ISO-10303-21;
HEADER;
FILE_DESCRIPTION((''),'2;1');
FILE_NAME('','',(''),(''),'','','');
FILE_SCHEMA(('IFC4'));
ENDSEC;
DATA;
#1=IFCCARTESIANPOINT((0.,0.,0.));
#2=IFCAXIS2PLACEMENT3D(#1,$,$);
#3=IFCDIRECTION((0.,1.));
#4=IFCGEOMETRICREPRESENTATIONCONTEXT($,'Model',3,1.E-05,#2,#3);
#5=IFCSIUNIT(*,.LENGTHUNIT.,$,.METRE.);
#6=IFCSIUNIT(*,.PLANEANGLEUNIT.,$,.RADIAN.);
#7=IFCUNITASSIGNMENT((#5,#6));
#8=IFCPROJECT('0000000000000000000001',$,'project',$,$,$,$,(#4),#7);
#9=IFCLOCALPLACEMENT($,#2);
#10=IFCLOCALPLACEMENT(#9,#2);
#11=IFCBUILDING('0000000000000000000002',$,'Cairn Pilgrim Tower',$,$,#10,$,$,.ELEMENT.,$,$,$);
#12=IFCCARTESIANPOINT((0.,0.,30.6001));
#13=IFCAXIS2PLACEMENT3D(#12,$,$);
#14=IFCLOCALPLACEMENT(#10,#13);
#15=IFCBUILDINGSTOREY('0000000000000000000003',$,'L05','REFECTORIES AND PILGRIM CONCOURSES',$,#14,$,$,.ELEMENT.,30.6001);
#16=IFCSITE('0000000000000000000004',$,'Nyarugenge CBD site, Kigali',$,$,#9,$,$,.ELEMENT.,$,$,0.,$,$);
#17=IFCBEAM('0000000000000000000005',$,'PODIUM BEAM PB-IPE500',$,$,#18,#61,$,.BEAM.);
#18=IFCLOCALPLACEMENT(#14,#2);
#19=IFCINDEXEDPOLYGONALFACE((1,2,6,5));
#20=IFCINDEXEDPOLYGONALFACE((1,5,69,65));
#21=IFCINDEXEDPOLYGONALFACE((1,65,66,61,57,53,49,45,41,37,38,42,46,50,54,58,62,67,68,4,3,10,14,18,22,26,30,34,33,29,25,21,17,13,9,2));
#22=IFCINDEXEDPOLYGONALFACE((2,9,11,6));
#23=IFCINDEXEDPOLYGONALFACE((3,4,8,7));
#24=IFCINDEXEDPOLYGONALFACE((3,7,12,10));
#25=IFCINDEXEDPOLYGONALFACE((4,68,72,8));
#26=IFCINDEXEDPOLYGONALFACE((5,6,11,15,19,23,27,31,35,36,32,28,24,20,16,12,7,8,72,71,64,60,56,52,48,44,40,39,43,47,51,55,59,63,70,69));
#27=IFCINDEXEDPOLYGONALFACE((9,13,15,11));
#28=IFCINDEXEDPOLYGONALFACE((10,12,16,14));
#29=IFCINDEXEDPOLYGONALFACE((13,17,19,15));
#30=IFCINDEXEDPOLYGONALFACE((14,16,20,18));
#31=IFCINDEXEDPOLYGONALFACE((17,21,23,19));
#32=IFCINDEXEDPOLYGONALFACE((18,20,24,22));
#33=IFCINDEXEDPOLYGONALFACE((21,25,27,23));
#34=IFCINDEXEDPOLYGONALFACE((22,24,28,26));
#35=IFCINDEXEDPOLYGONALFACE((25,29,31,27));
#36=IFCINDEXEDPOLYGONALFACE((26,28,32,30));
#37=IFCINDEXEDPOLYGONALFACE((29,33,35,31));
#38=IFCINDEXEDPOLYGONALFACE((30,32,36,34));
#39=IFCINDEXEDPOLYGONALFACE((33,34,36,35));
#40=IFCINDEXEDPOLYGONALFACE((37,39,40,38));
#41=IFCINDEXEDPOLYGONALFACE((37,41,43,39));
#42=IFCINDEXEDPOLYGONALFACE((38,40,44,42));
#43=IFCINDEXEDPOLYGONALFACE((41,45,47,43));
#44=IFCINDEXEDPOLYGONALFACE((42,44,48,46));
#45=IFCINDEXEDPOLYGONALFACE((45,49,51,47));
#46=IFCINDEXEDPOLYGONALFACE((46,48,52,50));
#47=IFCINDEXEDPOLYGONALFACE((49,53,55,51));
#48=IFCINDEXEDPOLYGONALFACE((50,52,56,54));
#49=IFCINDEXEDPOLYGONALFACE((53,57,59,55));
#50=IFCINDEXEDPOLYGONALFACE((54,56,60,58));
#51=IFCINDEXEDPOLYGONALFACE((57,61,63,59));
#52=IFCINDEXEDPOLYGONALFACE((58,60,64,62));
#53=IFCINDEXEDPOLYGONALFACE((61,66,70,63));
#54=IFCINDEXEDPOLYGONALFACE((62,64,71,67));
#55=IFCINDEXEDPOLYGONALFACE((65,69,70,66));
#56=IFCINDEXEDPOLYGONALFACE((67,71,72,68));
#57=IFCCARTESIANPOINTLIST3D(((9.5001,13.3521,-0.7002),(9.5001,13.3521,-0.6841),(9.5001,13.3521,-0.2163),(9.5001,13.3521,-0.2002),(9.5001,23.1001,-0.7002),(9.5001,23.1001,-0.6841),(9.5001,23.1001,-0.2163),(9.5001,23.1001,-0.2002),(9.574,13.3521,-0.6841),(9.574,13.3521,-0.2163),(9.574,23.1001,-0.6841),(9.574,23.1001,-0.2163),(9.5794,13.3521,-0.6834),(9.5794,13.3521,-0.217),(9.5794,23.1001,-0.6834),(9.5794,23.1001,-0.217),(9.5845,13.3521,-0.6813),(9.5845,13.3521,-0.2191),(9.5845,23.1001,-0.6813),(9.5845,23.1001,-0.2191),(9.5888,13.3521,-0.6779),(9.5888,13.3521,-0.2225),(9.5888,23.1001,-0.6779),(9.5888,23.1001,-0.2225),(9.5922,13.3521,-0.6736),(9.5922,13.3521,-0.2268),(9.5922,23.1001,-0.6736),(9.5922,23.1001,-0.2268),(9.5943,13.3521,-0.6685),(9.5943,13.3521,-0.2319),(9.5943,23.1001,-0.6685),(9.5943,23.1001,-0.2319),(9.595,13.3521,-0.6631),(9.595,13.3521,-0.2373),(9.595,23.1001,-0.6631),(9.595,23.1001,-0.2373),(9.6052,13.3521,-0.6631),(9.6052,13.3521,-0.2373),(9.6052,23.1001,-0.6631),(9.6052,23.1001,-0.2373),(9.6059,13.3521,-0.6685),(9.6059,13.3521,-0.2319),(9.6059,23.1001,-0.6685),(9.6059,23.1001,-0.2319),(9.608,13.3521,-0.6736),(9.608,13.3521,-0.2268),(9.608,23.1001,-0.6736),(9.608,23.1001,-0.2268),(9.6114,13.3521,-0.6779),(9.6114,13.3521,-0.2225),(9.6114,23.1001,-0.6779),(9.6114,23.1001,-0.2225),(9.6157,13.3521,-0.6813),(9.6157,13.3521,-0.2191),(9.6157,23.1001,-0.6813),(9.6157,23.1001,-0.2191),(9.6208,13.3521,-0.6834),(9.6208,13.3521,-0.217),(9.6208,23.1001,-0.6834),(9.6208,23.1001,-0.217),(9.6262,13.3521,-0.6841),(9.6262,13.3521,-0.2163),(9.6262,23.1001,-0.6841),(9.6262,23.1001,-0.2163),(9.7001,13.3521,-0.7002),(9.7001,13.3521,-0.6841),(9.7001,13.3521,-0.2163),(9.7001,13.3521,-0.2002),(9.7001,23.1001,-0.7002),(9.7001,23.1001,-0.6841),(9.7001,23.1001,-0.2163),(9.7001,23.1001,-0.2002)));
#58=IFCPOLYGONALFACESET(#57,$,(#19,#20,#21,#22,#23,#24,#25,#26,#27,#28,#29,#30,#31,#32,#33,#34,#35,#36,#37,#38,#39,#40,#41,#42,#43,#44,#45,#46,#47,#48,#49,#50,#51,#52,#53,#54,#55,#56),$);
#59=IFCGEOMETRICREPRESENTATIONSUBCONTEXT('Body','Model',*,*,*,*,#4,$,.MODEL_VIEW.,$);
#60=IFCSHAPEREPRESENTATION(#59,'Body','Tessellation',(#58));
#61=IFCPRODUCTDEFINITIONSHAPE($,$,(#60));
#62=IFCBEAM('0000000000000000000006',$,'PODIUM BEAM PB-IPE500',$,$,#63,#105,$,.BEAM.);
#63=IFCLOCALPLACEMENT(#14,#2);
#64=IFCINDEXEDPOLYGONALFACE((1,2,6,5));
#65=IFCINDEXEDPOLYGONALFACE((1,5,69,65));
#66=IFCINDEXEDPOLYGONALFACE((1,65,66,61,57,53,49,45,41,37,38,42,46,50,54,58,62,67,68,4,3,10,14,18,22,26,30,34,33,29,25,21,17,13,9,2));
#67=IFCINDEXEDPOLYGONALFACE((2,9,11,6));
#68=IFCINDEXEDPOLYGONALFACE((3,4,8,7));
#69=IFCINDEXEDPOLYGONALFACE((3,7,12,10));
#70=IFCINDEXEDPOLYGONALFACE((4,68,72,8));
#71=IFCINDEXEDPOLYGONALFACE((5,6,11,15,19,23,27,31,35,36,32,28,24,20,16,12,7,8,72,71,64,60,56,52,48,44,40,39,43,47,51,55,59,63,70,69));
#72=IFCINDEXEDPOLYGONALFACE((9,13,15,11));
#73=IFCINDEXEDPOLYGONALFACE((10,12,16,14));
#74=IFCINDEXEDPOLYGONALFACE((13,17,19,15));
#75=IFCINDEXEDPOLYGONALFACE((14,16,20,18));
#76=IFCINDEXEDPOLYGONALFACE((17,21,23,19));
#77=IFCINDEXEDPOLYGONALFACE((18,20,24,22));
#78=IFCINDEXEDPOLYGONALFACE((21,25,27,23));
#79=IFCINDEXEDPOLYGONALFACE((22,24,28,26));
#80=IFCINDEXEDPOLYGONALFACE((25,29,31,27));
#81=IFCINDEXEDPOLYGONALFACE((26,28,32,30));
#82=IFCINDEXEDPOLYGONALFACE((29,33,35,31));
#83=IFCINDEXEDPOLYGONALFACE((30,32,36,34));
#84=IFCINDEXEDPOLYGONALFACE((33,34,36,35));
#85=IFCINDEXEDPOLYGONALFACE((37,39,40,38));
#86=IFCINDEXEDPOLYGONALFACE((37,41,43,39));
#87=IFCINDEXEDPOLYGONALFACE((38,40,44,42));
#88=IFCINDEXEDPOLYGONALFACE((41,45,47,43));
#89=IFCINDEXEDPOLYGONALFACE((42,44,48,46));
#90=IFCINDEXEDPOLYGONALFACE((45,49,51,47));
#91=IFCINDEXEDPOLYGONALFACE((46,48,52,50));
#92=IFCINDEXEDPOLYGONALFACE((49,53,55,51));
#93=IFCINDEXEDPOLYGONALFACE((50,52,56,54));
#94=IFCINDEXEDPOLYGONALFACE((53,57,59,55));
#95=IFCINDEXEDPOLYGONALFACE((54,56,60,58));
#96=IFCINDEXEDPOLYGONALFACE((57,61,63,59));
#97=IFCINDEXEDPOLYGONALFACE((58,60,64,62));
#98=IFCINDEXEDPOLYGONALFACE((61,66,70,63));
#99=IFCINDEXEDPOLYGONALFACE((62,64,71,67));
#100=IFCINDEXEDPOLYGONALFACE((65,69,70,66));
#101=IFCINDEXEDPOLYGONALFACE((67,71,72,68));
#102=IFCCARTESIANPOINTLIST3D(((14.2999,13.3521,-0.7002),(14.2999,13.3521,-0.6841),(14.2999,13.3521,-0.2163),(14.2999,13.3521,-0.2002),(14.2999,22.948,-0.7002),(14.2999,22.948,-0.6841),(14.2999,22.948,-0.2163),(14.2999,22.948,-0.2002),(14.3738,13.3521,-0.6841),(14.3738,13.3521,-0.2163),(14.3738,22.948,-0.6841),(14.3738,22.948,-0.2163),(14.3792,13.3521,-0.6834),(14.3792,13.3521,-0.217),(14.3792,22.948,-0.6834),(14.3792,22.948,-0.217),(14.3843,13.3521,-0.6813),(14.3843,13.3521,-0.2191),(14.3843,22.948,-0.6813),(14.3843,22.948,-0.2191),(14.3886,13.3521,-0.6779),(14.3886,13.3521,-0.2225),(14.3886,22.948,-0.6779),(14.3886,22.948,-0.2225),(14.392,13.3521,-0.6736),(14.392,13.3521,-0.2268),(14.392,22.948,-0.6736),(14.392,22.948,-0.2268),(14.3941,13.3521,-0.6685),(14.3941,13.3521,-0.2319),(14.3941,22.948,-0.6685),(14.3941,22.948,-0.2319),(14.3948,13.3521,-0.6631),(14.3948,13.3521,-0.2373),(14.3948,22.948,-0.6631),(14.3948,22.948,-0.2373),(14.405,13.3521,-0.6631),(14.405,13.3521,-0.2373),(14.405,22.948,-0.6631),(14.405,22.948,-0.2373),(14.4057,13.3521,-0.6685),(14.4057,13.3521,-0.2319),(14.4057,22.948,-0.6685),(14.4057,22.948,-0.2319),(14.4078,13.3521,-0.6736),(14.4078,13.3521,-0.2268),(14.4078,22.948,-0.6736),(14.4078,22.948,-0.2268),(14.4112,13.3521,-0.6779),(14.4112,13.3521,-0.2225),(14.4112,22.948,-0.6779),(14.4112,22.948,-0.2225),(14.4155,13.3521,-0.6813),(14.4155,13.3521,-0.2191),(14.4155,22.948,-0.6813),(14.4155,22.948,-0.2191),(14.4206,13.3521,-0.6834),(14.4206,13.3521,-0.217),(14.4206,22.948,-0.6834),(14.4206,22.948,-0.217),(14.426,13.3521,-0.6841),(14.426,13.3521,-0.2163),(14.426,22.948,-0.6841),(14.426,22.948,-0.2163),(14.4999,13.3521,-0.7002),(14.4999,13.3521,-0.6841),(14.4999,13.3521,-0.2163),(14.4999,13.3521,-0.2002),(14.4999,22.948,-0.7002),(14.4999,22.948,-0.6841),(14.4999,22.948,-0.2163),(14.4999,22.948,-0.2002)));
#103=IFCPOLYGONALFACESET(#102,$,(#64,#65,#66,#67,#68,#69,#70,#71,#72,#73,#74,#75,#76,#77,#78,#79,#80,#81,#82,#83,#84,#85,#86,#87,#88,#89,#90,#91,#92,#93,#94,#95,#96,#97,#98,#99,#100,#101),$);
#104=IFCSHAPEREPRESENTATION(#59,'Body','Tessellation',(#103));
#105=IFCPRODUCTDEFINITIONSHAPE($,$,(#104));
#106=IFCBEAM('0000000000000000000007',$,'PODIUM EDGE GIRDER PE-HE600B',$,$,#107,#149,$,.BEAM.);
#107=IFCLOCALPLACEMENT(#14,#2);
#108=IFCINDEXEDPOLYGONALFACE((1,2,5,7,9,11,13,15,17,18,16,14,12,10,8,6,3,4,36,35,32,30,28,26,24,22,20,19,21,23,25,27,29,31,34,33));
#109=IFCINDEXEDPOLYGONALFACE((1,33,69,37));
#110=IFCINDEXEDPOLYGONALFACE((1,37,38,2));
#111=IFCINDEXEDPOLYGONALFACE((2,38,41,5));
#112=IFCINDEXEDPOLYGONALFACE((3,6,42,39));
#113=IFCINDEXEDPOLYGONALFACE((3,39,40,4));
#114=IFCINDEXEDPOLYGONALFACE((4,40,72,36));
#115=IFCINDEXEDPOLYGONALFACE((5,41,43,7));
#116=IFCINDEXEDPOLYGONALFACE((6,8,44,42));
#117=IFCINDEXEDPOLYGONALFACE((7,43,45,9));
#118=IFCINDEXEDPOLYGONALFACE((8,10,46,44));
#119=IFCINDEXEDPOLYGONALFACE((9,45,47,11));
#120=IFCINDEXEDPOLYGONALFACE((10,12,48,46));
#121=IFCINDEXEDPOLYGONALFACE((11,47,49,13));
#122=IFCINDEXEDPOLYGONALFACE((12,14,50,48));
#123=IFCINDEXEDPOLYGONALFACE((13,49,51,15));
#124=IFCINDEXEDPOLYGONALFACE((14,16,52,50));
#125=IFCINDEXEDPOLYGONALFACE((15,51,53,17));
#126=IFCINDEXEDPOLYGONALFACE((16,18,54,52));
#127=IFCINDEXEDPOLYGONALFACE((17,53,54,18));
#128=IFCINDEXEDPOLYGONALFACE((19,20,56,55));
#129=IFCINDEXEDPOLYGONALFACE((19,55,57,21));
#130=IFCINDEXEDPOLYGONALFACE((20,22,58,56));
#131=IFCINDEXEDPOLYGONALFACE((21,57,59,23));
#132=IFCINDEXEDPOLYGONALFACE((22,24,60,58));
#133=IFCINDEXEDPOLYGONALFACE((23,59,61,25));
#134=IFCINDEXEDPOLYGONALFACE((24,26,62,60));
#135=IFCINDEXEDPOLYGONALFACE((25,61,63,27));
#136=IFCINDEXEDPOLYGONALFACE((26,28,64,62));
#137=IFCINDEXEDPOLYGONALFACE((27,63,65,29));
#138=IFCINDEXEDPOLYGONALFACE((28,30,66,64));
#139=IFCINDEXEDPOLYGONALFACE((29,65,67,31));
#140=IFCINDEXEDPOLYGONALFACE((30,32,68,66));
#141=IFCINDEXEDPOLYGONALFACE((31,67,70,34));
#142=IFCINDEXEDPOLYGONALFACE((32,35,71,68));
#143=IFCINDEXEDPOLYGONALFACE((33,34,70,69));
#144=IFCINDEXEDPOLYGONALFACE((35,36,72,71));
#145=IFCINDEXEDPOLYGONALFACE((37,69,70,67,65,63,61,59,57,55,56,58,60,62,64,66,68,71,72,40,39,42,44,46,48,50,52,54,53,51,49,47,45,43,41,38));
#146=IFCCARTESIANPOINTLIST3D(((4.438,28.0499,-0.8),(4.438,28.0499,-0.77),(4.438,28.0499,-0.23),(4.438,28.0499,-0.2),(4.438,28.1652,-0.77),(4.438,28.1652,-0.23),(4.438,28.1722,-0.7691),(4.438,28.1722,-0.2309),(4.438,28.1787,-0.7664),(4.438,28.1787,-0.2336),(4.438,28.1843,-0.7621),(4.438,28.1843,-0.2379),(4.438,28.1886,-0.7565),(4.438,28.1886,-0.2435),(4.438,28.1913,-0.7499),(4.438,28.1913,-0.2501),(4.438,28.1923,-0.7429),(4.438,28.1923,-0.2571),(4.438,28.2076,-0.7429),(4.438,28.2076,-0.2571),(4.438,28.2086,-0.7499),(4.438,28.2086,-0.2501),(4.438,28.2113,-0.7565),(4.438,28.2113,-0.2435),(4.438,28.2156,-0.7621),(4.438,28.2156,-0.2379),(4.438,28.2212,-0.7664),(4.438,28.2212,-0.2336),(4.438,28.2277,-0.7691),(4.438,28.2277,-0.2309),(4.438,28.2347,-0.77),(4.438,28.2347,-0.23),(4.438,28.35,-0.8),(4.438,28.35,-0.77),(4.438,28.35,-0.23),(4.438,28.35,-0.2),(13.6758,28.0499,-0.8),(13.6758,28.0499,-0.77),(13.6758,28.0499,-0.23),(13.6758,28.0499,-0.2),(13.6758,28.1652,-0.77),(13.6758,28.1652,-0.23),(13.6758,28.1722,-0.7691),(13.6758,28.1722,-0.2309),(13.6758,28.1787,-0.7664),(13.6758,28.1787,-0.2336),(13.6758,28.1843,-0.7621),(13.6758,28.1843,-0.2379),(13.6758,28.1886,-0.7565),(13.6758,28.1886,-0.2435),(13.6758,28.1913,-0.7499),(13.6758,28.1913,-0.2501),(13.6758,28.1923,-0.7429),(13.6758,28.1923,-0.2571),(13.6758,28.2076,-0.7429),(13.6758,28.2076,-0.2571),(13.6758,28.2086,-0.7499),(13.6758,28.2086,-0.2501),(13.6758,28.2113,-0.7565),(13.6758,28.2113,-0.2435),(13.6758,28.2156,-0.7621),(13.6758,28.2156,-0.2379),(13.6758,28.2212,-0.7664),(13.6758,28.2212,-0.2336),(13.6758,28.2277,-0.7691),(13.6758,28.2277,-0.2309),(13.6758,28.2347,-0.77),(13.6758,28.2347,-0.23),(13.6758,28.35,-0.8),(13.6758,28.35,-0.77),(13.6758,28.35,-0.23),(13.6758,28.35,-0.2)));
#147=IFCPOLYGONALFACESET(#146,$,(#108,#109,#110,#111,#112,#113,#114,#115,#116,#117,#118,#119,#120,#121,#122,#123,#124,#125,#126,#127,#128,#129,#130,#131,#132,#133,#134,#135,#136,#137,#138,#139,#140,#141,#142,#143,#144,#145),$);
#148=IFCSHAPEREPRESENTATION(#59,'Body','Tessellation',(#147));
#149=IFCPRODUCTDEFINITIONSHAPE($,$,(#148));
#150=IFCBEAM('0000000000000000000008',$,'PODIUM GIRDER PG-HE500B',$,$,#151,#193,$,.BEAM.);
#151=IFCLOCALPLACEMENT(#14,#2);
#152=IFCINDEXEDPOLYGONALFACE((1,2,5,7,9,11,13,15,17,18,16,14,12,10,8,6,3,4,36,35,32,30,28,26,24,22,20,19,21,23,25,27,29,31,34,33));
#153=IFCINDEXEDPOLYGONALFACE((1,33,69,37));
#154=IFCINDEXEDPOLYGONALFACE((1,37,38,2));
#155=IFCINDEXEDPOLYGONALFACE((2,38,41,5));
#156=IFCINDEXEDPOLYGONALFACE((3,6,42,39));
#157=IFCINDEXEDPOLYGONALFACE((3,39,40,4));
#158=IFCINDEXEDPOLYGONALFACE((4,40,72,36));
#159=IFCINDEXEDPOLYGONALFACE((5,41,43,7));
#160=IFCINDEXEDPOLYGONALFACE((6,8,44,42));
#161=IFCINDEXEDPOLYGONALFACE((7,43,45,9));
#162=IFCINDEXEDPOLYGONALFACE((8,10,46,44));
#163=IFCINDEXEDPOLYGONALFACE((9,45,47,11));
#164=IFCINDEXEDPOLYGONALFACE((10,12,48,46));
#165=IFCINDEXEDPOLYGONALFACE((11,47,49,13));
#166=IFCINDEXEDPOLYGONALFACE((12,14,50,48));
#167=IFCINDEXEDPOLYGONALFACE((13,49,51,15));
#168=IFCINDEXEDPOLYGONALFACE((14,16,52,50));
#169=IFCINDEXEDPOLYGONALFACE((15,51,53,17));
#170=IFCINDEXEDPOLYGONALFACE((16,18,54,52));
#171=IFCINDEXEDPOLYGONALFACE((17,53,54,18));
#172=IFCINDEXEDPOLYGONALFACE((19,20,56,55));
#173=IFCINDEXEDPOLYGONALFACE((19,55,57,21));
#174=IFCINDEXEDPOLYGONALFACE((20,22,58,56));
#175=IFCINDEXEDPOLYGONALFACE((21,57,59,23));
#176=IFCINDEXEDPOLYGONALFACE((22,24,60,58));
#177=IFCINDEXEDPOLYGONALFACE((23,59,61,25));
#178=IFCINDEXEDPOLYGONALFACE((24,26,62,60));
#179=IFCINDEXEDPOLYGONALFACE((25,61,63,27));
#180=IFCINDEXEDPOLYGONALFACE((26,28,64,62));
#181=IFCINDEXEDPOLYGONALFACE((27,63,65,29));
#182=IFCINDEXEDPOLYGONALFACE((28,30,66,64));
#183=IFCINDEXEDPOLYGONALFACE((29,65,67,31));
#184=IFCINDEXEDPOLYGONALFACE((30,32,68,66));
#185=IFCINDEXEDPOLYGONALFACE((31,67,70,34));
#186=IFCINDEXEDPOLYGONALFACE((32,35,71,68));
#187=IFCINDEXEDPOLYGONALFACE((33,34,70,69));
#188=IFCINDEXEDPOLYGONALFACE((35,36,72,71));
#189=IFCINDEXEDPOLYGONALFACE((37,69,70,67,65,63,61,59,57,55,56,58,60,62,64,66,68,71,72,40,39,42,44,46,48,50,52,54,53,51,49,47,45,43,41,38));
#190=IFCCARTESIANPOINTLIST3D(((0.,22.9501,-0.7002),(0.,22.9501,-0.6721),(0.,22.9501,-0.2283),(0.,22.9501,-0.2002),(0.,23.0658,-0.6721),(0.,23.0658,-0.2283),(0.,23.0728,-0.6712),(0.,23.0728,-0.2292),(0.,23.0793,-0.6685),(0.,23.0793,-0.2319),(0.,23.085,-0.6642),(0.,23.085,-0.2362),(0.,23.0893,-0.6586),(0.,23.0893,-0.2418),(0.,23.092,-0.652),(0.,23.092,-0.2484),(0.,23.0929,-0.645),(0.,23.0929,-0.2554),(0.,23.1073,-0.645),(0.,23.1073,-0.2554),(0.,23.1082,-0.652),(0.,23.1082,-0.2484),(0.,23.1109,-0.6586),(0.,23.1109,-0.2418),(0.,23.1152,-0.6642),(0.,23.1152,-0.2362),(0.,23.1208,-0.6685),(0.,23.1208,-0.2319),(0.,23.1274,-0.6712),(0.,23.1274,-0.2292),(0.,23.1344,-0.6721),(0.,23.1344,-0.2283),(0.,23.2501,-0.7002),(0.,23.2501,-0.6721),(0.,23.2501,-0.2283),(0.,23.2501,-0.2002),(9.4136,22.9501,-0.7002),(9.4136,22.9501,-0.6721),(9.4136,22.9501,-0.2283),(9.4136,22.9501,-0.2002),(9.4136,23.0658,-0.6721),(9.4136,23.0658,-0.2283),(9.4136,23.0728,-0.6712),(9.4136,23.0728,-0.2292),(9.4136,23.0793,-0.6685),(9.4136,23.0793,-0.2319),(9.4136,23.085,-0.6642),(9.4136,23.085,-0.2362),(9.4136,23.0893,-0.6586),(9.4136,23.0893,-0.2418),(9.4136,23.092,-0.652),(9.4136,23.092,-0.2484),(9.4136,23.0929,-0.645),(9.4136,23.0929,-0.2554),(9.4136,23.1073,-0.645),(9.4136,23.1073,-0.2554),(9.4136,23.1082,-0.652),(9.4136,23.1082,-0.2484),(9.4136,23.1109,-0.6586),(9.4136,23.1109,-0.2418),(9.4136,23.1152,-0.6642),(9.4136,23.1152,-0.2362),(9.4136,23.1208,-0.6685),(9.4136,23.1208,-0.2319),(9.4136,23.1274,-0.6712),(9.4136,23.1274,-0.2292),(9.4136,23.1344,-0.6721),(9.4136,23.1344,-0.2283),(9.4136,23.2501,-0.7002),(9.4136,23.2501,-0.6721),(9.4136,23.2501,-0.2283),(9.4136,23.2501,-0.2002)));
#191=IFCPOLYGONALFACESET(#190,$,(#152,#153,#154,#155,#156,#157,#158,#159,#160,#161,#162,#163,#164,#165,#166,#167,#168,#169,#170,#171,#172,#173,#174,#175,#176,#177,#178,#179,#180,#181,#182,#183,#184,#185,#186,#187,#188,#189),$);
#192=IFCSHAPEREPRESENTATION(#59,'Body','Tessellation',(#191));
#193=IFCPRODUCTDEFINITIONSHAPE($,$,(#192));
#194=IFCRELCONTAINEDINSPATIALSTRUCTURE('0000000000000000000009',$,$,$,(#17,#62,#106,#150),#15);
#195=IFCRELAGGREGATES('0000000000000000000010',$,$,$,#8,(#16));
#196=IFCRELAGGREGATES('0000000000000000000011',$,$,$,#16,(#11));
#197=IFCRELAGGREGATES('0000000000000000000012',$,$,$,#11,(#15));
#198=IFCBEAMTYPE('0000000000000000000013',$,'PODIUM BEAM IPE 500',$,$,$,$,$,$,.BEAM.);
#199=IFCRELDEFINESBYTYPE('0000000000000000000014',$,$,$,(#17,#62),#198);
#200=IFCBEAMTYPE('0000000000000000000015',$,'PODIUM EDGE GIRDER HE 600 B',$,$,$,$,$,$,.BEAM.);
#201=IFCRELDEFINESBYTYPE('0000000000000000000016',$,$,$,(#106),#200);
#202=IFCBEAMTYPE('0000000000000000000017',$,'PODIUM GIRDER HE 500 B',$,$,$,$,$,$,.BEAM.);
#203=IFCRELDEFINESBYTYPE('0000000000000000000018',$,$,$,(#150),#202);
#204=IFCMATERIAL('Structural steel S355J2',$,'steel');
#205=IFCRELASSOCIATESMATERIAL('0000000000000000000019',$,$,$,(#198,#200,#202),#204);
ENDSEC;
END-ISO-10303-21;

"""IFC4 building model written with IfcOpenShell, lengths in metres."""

from ifc_helpers import new_model, si_unit, direction, frame, origin, origin_2d, place, context, subcontext, project, spatial, i_section, extrude, material, material_profile, profile_set, type_object, element, save


model = new_model("IFC4")

# Units and contexts
model_context = context("Model", 3, precision=1e-05, world=origin(), true_north=direction((0.0, 1.0)))
body_context = subcontext(model_context, "Body", "Model", "MODEL_VIEW")
ifc_project = project(units=[si_unit("LENGTHUNIT", "METRE"), si_unit("PLANEANGLEUNIT", "RADIAN")], contexts=[model_context])

# Site, building, storey
site_placement = place(None, origin())
site = spatial("IfcSite", under=ifc_project, at=site_placement, Name="Nyarugenge CBD site, Kigali", CompositionType="ELEMENT", RefElevation=0.0)
building_placement = place(site_placement, origin())
building = spatial("IfcBuilding", under=site, at=building_placement, Name="Cairn Pilgrim Tower", CompositionType="ELEMENT")
storey_placement = place(building_placement, frame((0.0, 0.0, 30.6001)))
storey = spatial("IfcBuildingStorey", under=building, at=storey_placement, Name="L05", Description="REFECTORIES AND PILGRIM CONCOURSES", CompositionType="ELEMENT", Elevation=30.6001)

# Beams
ifc_material_1 = material(Name="Structural steel S355J2", Category="steel")
ifc_material_profile_1 = material_profile(ifc_material_1, i_section(OverallWidth=0.2, OverallDepth=0.5, WebThickness=0.0103, FlangeThickness=0.0161, FilletRadius=0.021, at=origin_2d()), Name="IPE 500")
ifc_profile_set_1 = profile_set([ifc_material_profile_1], Name="Structural steel S355J2")
beam_type_1 = type_object("IfcBeamType", Name="PODIUM BEAM IPE 500", PredefinedType="BEAM", material=ifc_profile_set_1)
beam_1_placement = place(storey_placement, frame((9.6001, 13.3521, -0.4502), z_axis=(0.0, 1.0, 0.0), x_axis=(-1.0, 0.0, 0.0)))
element("IfcBeam", 1, at=beam_1_placement, inside=storey, type_object=beam_type_1, Name="PODIUM BEAM PB-IPE500", PredefinedType="BEAM", context=body_context, shape_type="SweptSolid", body=[
    extrude(i_section(OverallWidth=0.2, OverallDepth=0.5, WebThickness=0.0103, FlangeThickness=0.0161, FilletRadius=0.021, at=origin_2d()), origin(), (0.0, 0.0, 1.0), 9.748),
])
beam_2_placement = place(storey_placement, frame((14.3999, 13.3521, -0.4502), z_axis=(0.0, 1.0, 0.0), x_axis=(-1.0, 0.0, 0.0)))
element("IfcBeam", 2, at=beam_2_placement, inside=storey, type_object=beam_type_1, Name="PODIUM BEAM PB-IPE500", PredefinedType="BEAM", context=body_context, shape_type="SweptSolid", body=[
    extrude(i_section(OverallWidth=0.2, OverallDepth=0.5, WebThickness=0.0103, FlangeThickness=0.0161, FilletRadius=0.021, at=origin_2d()), origin(), (0.0, 0.0, 1.0), 9.5959),
])
ifc_material_profile_2 = material_profile(ifc_material_1, i_section(OverallWidth=0.3, OverallDepth=0.6001, WebThickness=0.0154, FlangeThickness=0.03, FilletRadius=0.0271, at=origin_2d()), Name="HEB 600")
ifc_profile_set_2 = profile_set([ifc_material_profile_2], Name="Structural steel S355J2")
beam_type_2 = type_object("IfcBeamType", Name="PODIUM EDGE GIRDER HE 600 B", PredefinedType="BEAM", material=ifc_profile_set_2)
beam_3_placement = place(storey_placement, frame((13.6758, 28.2, -0.5), z_axis=(-1.0, 0.0, 0.0), x_axis=(0.0, -1.0, 0.0)))
element("IfcBeam", 3, at=beam_3_placement, inside=storey, type_object=beam_type_2, Name="PODIUM EDGE GIRDER PE-HE600B", PredefinedType="BEAM", context=body_context, shape_type="SweptSolid", body=[
    extrude(i_section(OverallWidth=0.3, OverallDepth=0.6001, WebThickness=0.0154, FlangeThickness=0.03, FilletRadius=0.0271, at=origin_2d()), origin(), (0.0, 0.0, 1.0), 9.2378),
])
ifc_material_profile_3 = material_profile(ifc_material_1, i_section(OverallWidth=0.3, OverallDepth=0.5, WebThickness=0.0144, FlangeThickness=0.0281, FilletRadius=0.0271, at=origin_2d()), Name="HEB 500")
ifc_profile_set_3 = profile_set([ifc_material_profile_3], Name="Structural steel S355J2")
beam_type_3 = type_object("IfcBeamType", Name="PODIUM GIRDER HE 500 B", PredefinedType="BEAM", material=ifc_profile_set_3)
beam_4_placement = place(storey_placement, frame((9.4136, 23.1001, -0.4502), z_axis=(-1.0, 0.0, 0.0), x_axis=(0.0, -1.0, 0.0)))
element("IfcBeam", 4, at=beam_4_placement, inside=storey, type_object=beam_type_3, Name="PODIUM GIRDER PG-HE500B", PredefinedType="BEAM", context=body_context, shape_type="SweptSolid", body=[
    extrude(i_section(OverallWidth=0.3, OverallDepth=0.5, WebThickness=0.0144, FlangeThickness=0.0281, FilletRadius=0.0271, at=origin_2d()), origin(), (0.0, 0.0, 1.0), 9.4136),
])

save(model, "model.ifc")
